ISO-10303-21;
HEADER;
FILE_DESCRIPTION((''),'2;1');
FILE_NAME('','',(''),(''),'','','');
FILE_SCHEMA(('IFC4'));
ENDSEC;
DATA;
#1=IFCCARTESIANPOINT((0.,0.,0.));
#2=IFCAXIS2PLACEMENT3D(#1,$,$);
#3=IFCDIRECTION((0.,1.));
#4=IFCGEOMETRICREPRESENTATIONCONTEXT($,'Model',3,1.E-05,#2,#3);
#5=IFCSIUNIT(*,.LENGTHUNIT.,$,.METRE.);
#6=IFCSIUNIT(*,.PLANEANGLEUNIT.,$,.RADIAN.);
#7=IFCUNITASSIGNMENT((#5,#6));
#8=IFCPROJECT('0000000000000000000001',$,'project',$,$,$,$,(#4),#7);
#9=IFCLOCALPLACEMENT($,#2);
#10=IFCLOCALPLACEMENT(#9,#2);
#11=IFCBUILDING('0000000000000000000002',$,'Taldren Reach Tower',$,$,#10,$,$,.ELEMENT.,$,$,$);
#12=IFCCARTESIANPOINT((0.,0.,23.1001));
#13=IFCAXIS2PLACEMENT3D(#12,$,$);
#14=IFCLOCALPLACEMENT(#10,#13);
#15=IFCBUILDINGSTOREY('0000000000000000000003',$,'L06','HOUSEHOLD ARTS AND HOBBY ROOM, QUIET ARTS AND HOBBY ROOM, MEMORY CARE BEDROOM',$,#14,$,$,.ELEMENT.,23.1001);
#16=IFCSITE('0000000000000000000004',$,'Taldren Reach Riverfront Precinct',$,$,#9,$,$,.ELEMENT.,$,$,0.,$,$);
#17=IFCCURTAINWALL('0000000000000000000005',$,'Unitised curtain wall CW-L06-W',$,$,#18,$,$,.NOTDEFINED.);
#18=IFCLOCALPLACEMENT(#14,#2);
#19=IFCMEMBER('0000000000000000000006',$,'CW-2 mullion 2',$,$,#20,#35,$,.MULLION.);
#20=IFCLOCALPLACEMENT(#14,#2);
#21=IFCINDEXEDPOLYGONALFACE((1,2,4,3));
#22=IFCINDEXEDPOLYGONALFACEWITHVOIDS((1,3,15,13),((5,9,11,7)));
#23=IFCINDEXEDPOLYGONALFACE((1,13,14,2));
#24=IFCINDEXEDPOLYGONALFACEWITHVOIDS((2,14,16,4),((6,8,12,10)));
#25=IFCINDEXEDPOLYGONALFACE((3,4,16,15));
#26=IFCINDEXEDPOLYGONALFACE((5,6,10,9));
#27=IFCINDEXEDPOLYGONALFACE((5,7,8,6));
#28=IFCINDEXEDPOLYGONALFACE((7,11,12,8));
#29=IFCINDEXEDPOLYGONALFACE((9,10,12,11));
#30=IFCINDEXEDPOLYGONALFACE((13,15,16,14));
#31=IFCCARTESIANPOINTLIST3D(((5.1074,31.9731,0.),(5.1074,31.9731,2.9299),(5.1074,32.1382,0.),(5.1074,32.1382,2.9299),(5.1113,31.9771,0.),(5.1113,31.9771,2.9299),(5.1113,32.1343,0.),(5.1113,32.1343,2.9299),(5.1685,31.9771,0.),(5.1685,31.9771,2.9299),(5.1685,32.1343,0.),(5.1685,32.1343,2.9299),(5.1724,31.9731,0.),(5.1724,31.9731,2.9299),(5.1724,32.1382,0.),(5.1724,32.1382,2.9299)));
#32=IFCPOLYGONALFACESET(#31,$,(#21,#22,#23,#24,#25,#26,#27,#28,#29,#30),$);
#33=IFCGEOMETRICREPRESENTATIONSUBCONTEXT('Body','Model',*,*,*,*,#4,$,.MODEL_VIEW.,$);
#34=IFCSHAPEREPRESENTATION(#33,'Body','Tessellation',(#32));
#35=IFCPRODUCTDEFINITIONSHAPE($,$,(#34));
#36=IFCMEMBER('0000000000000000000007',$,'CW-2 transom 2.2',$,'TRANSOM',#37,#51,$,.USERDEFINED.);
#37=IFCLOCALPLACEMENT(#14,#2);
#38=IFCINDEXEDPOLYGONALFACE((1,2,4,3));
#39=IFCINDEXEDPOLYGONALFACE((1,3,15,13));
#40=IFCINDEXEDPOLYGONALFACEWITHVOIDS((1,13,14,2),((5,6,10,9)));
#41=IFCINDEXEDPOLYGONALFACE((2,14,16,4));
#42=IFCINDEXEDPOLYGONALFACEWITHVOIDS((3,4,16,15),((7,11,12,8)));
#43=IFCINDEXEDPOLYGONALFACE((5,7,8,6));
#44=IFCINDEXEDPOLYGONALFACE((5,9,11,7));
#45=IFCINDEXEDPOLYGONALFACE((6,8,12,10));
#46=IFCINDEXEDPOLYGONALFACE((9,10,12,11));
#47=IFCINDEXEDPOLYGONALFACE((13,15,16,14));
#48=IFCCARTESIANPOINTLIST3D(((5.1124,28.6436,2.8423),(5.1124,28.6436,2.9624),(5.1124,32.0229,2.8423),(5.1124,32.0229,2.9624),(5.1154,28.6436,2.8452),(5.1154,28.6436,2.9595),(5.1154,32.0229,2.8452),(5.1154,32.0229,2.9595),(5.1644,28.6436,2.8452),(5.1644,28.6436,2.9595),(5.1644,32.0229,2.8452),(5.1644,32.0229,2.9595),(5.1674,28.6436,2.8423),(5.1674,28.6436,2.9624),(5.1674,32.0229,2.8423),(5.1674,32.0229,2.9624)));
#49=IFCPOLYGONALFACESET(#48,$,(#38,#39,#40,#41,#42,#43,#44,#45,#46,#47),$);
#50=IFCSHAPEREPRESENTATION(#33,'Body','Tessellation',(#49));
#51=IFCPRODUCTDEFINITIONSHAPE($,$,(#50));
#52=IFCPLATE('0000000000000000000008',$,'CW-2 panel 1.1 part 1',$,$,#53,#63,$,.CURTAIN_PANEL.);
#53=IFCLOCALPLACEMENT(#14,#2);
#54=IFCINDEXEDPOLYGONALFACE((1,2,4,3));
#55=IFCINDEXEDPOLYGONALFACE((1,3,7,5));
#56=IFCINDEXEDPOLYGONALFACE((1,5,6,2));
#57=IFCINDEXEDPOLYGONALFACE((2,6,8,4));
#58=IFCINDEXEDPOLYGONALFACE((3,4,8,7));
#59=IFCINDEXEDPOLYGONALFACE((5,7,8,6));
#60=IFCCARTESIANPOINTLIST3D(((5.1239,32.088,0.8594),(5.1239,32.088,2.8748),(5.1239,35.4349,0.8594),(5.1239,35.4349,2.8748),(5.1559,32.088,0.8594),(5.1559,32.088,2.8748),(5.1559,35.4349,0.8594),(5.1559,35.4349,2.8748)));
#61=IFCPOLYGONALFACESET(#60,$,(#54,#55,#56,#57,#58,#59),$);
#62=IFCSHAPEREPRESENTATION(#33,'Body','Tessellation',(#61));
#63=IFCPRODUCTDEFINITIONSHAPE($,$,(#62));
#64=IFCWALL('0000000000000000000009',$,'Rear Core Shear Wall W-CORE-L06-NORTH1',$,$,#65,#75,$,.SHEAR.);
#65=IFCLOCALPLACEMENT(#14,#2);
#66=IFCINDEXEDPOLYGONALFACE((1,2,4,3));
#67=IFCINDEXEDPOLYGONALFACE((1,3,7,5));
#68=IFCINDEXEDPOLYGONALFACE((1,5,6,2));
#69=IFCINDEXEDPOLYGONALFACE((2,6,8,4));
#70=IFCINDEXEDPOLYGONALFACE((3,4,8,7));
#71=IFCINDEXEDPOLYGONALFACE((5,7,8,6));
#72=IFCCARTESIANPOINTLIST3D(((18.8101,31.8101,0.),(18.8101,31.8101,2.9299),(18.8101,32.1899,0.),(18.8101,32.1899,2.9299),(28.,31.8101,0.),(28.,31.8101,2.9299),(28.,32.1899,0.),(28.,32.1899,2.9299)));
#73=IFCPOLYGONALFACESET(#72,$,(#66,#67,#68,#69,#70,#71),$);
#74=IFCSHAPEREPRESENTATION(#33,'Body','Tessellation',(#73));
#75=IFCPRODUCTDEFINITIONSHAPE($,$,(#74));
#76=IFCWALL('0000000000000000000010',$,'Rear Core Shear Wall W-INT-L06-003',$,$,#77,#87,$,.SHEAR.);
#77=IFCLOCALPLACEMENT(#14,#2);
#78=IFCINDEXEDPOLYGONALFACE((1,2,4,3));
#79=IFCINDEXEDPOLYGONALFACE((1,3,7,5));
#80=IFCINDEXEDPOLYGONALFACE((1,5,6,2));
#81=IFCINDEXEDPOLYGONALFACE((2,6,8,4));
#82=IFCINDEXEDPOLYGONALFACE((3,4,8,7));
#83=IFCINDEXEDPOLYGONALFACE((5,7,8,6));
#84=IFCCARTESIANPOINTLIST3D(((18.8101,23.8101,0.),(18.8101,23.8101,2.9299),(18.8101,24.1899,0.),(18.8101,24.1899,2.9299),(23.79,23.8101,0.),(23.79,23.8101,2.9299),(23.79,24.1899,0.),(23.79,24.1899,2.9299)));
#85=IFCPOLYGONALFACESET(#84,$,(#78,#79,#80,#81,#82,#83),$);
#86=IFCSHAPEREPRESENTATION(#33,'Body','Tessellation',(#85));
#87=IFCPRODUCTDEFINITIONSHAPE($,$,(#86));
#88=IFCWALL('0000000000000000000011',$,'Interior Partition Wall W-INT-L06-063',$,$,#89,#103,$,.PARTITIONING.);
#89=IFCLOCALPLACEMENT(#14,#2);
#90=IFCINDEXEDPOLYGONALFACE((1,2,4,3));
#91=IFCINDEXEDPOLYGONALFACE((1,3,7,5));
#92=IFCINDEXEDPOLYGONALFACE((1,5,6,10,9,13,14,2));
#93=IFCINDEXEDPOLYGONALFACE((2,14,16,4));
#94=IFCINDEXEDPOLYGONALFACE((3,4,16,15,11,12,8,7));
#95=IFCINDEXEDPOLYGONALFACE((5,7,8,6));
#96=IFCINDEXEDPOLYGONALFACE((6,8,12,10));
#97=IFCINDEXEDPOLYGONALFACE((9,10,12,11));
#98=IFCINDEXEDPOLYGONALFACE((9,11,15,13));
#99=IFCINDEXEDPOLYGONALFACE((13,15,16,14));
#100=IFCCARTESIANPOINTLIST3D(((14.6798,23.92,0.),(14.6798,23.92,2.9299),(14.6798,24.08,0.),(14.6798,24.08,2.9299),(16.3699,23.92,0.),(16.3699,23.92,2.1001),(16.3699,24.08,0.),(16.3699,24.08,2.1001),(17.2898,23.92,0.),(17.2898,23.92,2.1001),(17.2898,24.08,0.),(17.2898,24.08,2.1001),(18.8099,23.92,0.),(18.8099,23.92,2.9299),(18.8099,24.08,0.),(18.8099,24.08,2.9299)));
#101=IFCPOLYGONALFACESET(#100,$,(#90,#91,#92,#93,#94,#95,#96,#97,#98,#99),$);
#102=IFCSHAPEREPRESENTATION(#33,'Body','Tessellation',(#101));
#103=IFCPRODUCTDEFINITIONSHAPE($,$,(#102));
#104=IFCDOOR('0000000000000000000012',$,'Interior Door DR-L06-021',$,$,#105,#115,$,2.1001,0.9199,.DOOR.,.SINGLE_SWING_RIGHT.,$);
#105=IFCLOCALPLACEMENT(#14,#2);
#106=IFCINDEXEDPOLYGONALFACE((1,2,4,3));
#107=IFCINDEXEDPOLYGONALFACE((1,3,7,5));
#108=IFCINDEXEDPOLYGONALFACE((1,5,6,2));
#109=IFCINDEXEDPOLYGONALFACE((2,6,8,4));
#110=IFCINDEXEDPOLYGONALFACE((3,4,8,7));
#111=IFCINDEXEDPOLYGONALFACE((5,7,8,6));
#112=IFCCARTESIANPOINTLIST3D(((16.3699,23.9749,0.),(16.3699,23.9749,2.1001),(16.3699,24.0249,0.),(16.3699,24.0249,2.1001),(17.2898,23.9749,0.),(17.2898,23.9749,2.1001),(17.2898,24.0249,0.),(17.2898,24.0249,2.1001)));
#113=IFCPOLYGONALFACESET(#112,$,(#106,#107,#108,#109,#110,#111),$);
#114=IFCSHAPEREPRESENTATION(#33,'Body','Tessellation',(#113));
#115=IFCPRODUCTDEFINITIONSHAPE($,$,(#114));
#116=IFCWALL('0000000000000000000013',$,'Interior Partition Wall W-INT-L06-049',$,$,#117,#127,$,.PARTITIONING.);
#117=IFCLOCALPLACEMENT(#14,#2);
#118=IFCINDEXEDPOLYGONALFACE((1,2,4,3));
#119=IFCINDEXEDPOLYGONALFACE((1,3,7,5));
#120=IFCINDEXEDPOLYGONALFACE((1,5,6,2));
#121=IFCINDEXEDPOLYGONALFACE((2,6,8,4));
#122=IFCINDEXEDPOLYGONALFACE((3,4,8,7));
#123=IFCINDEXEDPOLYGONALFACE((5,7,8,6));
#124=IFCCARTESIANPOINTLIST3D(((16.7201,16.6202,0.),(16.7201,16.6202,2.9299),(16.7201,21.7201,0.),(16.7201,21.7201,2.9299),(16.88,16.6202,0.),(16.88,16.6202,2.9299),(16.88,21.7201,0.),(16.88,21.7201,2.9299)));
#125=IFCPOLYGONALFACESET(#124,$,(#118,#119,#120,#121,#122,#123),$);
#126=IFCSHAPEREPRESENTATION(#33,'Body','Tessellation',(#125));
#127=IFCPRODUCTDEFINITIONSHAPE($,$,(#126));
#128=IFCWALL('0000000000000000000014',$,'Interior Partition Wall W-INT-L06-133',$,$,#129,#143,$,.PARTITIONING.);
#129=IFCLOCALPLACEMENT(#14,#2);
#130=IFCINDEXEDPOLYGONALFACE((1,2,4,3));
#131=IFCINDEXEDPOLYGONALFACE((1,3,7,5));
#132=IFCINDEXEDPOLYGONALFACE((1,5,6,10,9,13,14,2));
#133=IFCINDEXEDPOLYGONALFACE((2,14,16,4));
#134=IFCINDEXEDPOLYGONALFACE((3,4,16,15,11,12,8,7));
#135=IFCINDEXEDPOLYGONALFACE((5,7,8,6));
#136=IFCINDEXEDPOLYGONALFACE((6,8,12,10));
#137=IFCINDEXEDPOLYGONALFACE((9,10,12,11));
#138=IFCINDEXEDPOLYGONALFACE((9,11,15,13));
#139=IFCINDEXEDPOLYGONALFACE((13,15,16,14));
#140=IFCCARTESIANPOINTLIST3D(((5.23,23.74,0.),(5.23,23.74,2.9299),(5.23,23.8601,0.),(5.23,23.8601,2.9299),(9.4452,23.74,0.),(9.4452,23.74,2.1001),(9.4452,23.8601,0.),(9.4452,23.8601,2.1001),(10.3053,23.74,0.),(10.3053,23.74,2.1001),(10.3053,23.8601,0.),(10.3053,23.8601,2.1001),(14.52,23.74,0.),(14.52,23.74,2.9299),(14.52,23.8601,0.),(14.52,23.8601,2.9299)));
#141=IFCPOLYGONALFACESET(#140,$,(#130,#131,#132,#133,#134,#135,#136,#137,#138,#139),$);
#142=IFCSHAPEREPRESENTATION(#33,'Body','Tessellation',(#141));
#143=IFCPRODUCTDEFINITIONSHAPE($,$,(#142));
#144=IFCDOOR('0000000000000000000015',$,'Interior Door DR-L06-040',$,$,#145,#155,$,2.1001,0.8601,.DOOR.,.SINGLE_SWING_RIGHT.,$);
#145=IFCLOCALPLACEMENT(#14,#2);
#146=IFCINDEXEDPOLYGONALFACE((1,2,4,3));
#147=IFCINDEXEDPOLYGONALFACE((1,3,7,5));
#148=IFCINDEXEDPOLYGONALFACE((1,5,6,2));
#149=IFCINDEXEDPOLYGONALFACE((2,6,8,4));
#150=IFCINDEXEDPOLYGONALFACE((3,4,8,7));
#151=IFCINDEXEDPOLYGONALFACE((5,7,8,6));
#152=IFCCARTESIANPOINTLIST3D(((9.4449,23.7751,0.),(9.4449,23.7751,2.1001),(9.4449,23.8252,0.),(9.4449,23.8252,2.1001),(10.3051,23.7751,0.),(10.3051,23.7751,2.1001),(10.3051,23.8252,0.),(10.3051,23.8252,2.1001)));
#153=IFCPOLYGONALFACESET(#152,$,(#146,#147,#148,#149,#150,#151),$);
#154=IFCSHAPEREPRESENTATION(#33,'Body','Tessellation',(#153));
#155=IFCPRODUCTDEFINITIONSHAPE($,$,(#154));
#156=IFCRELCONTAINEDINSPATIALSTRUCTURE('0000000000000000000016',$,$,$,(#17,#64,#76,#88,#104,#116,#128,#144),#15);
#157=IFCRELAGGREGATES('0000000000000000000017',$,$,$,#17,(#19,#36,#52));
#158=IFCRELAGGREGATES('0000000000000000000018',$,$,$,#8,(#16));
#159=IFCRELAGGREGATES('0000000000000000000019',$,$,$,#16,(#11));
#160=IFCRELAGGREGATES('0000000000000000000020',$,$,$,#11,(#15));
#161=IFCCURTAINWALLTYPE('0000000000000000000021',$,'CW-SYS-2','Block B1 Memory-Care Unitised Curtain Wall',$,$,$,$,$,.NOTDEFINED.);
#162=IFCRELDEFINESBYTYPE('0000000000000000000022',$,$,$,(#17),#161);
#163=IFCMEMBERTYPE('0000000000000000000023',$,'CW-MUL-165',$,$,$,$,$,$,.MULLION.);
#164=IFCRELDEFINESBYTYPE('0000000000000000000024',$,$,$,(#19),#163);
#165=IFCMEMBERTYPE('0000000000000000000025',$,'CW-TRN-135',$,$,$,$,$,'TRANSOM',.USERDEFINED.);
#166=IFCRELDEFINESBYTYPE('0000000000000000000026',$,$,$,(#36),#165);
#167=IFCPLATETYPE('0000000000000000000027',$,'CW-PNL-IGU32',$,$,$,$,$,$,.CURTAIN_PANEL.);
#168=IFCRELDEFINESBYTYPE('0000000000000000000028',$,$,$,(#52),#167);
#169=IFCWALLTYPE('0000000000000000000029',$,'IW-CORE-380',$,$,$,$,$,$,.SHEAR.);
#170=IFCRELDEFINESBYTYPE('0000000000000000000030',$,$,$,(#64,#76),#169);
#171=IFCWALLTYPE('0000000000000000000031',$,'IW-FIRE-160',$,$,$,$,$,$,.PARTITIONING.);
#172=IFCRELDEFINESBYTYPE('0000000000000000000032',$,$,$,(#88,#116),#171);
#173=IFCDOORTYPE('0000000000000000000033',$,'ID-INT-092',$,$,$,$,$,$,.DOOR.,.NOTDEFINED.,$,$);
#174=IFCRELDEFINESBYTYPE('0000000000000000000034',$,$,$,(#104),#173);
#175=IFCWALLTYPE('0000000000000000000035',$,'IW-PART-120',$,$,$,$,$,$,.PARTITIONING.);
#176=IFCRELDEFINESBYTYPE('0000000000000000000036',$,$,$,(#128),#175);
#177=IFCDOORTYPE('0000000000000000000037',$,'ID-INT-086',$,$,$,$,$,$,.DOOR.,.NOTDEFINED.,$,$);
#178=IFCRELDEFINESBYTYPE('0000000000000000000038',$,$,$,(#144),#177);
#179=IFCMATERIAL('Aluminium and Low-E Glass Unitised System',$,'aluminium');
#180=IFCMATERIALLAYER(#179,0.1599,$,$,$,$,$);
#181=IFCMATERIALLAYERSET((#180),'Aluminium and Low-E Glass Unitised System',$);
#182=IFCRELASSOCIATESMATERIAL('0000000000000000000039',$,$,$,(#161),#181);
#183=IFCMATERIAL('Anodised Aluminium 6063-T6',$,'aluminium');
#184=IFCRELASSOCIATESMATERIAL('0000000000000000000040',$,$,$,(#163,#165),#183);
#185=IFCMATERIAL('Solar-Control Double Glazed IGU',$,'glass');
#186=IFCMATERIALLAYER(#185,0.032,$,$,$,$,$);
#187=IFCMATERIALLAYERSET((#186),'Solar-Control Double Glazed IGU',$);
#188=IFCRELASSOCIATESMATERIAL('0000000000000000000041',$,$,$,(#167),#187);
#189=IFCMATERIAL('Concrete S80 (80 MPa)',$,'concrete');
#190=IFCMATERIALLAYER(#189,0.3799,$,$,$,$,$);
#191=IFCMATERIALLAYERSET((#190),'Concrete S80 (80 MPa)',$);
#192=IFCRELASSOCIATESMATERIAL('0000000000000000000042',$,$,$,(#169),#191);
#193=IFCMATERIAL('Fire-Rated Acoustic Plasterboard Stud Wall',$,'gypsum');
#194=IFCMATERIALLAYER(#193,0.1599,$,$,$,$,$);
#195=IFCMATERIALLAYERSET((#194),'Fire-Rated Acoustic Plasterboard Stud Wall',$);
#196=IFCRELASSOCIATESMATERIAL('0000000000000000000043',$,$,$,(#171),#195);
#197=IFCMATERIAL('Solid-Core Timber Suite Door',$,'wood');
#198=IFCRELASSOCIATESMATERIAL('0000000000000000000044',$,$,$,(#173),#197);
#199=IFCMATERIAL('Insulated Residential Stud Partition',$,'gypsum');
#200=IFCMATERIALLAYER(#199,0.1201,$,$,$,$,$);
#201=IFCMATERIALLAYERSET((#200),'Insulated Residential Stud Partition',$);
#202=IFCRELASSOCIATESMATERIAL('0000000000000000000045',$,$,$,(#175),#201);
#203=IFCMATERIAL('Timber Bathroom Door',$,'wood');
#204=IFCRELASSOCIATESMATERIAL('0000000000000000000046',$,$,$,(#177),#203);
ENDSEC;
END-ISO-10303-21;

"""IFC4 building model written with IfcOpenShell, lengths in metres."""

from ifc_helpers import new_model, si_unit, direction, frame, frame_2d, origin, origin_2d, place, context, subcontext, project, spatial, rectangle, hollow_rectangle, extrude, source, transform, mapped, material, layer, layer_set, material_profile, profile_set, type_object, element, fill, aggregate, save


model = new_model("IFC4")

# Units and contexts
model_context = context("Model", 3, precision=1e-05, world=origin(), true_north=direction((0.0, 1.0)))
body_context = subcontext(model_context, "Body", "Model", "MODEL_VIEW")
ifc_project = project(units=[si_unit("LENGTHUNIT", "METRE"), si_unit("PLANEANGLEUNIT", "RADIAN")], contexts=[model_context])

# Site, building, storey
site_placement = place(None, origin())
site = spatial("IfcSite", under=ifc_project, at=site_placement, Name="Taldren Reach Riverfront Precinct", CompositionType="ELEMENT", RefElevation=0.0)
building_placement = place(site_placement, origin())
building = spatial("IfcBuilding", under=site, at=building_placement, Name="Taldren Reach Tower", CompositionType="ELEMENT")
storey_placement = place(building_placement, frame((0.0, 0.0, 23.1001)))
storey = spatial("IfcBuildingStorey", under=building, at=storey_placement, Name="L06", Description="HOUSEHOLD ARTS AND HOBBY ROOM, QUIET ARTS AND HOBBY ROOM, MEMORY CARE BEDROOM", CompositionType="ELEMENT", Elevation=23.1001)

# Curtain wall, members, plate
ifc_material_1 = material(Name="Aluminium and Low-E Glass Unitised System", Category="aluminium")
ifc_layer_1 = layer(ifc_material_1, 0.1599)
ifc_layer_set_1 = layer_set([ifc_layer_1], Name="Aluminium and Low-E Glass Unitised System")
curtain_wall_type = type_object("IfcCurtainWallType", Name="CW-SYS-2", Description="Block B1 Memory-Care Unitised Curtain Wall", PredefinedType="NOTDEFINED", material=ifc_layer_set_1)
curtain_wall_placement = place(storey_placement, origin())
curtain_wall = element("IfcCurtainWall", 1, at=curtain_wall_placement, inside=storey, type_object=curtain_wall_type, Name="Unitised curtain wall CW-L06-W", PredefinedType="NOTDEFINED")
ifc_material_2 = material(Name="Anodised Aluminium 6063-T6", Category="aluminium")
ifc_material_profile_1 = material_profile(ifc_material_2, hollow_rectangle(XDim=0.0649, YDim=0.165, WallThickness=0.0039, at=origin_2d()), Name="ALU-165x65x4RHS")
ifc_profile_set_1 = profile_set([ifc_material_profile_1], Name="Anodised Aluminium 6063-T6")
member_type_1 = type_object("IfcMemberType", Name="CW-MUL-165", PredefinedType="MULLION", material=ifc_profile_set_1)
shared_shape_1 = source(origin(), body_context, "Body", "SweptSolid", [
    extrude(hollow_rectangle(XDim=0.0649, YDim=0.165, WallThickness=0.0039, at=origin_2d()), origin(), (0.0, 0.0, 1.0), 2.9299),
])
member_1_placement = place(storey_placement, frame((5.1399, 32.0557, 0.0), z_axis=(0.0, 0.0, 1.0), x_axis=(1.0, 0.0, 0.0)))
member_1 = element("IfcMember", 2, at=member_1_placement, type_object=member_type_1, Name="CW-2 mullion 2", PredefinedType="MULLION", context=body_context, shape_type="MappedRepresentation", body=[
    mapped(shared_shape_1, transform((0.0, 0.0, 0.0), scale=1.0)),
])
ifc_material_profile_2 = material_profile(ifc_material_2, hollow_rectangle(XDim=0.0549, YDim=0.1201, WallThickness=0.0029, at=origin_2d()), Name="ALU-120x55x3RHS")
ifc_profile_set_2 = profile_set([ifc_material_profile_2], Name="Anodised Aluminium 6063-T6")
member_type_2 = type_object("IfcMemberType", Name="CW-TRN-135", ElementType="TRANSOM", PredefinedType="USERDEFINED", material=ifc_profile_set_2)
shared_shape_2 = source(origin(), body_context, "Body", "SweptSolid", [
    extrude(hollow_rectangle(XDim=0.0549, YDim=0.1201, WallThickness=0.0029, at=origin_2d()), origin(), (0.0, 0.0, 1.0), 3.3794),
])
member_2_placement = place(storey_placement, frame((5.1399, 32.0229, 2.9023), z_axis=(0.0, -1.0, 0.0), x_axis=(1.0, 0.0, 0.0)))
member_2 = element("IfcMember", 3, at=member_2_placement, type_object=member_type_2, Name="CW-2 transom 2.2", ObjectType="TRANSOM", PredefinedType="USERDEFINED", context=body_context, shape_type="MappedRepresentation", body=[
    mapped(shared_shape_2, transform((0.0, 0.0, 0.0), scale=1.0)),
])
ifc_material_3 = material(Name="Solar-Control Double Glazed IGU", Category="glass")
ifc_layer_2 = layer(ifc_material_3, 0.032)
ifc_layer_set_2 = layer_set([ifc_layer_2], Name="Solar-Control Double Glazed IGU")
plate_type = type_object("IfcPlateType", Name="CW-PNL-IGU32", PredefinedType="CURTAIN_PANEL", material=ifc_layer_set_2)
shared_shape_3 = source(origin(), body_context, "Body", "SweptSolid", [
    extrude(rectangle(XDim=3.3469, YDim=0.032, at=origin_2d()), origin(), (0.0, 0.0, 1.0), 2.0154),
])
plate_placement = place(storey_placement, frame((5.1399, 33.7615, 0.8594), z_axis=(0.0, 0.0, 1.0), x_axis=(0.0, -1.0, 0.0)))
plate = element("IfcPlate", 4, at=plate_placement, type_object=plate_type, Name="CW-2 panel 1.1 part 1", PredefinedType="CURTAIN_PANEL", context=body_context, shape_type="MappedRepresentation", body=[
    mapped(shared_shape_3, transform((0.0, 0.0, 0.0), scale=1.0)),
])
aggregate(curtain_wall, [member_1, member_2, plate])

# Walls
ifc_material_4 = material(Name="Concrete S80 (80 MPa)", Category="concrete")
ifc_layer_3 = layer(ifc_material_4, 0.3799)
ifc_layer_set_3 = layer_set([ifc_layer_3], Name="Concrete S80 (80 MPa)")
wall_type_1 = type_object("IfcWallType", Name="IW-CORE-380", PredefinedType="SHEAR", material=ifc_layer_set_3)
shared_shape_4 = source(origin(), body_context, "Body", "SweptSolid", [
    extrude(rectangle(XDim=9.1899, YDim=0.3799, at=frame_2d((4.595, 0.0))), origin(), (0.0, 0.0, 1.0), 2.9299),
])
wall_1_placement = place(storey_placement, frame((18.8101, 32.0, 0.0), z_axis=(0.0, 0.0, 1.0), x_axis=(1.0, 0.0, 0.0)))
element("IfcWall", 5, at=wall_1_placement, inside=storey, type_object=wall_type_1, Name="Rear Core Shear Wall W-CORE-L06-NORTH1", PredefinedType="SHEAR", context=body_context, shape_type="MappedRepresentation", body=[
    mapped(shared_shape_4, transform((0.0, 0.0, 0.0), scale=1.0)),
])
shared_shape_5 = source(origin(), body_context, "Body", "SweptSolid", [
    extrude(rectangle(XDim=4.98, YDim=0.3799, at=frame_2d((2.49, 0.0))), origin(), (0.0, 0.0, 1.0), 2.9299),
])
wall_2_placement = place(storey_placement, frame((18.8101, 24.0, 0.0), z_axis=(0.0, 0.0, 1.0), x_axis=(1.0, 0.0, 0.0)))
element("IfcWall", 6, at=wall_2_placement, inside=storey, type_object=wall_type_1, Name="Rear Core Shear Wall W-INT-L06-003", PredefinedType="SHEAR", context=body_context, shape_type="MappedRepresentation", body=[
    mapped(shared_shape_5, transform((0.0, 0.0, 0.0), scale=1.0)),
])

# Wall, opening, door
ifc_material_5 = material(Name="Fire-Rated Acoustic Plasterboard Stud Wall", Category="gypsum")
ifc_layer_4 = layer(ifc_material_5, 0.1599)
ifc_layer_set_4 = layer_set([ifc_layer_4], Name="Fire-Rated Acoustic Plasterboard Stud Wall")
wall_type_2 = type_object("IfcWallType", Name="IW-FIRE-160", PredefinedType="PARTITIONING", material=ifc_layer_set_4)
shared_shape_6 = source(origin(), body_context, "Body", "SweptSolid", [
    extrude(rectangle(XDim=4.1301, YDim=0.1599, at=frame_2d((2.0649, 0.0))), origin(), (0.0, 0.0, 1.0), 2.9299),
])
wall_3_placement = place(storey_placement, frame((14.6799, 24.0, 0.0), z_axis=(0.0, 0.0, 1.0), x_axis=(1.0, 0.0, 0.0)))
wall_3 = element("IfcWall", 7, at=wall_3_placement, inside=storey, type_object=wall_type_2, Name="Interior Partition Wall W-INT-L06-063", PredefinedType="PARTITIONING", context=body_context, shape_type="MappedRepresentation", body=[
    mapped(shared_shape_6, transform((0.0, 0.0, 0.0), scale=1.0)),
])
shared_shape_7 = source(origin(), body_context, "Body", "SweptSolid", [
    extrude(rectangle(XDim=0.9199, YDim=2.1001, at=frame_2d((0.46, 1.05))), frame((0.0, 0.0898, 0.0), z_axis=(0.0, -1.0, 0.0), x_axis=(1.0, 0.0, 0.0)), (0.0, 0.0, 1.0), 0.1799),
])
opening_1_placement = place(wall_3_placement, frame((1.6899, 0.0, 0.0)))
opening_1 = element("IfcOpeningElement", 8, at=opening_1_placement, cuts=wall_3, PredefinedType="OPENING", context=body_context, shape_type="MappedRepresentation", body=[
    mapped(shared_shape_7, transform((0.0, 0.0, 0.0), scale=1.0)),
])
ifc_material_6 = material(Name="Solid-Core Timber Suite Door", Category="wood")
door_type_1 = type_object("IfcDoorType", Name="ID-INT-092", OperationType="NOTDEFINED", PredefinedType="DOOR", material=ifc_material_6)
shared_shape_8 = source(origin(), body_context, "Body", "SweptSolid", [
    extrude(rectangle(XDim=0.9199, YDim=2.1001, at=frame_2d((0.46, 1.05))), frame((0.0, 0.0249, 0.0), z_axis=(0.0, -1.0, 0.0), x_axis=(1.0, 0.0, 0.0)), (0.0, 0.0, 1.0), 0.05),
])
door_1_placement = place(opening_1_placement, origin())
door_1 = element("IfcDoor", 9, at=door_1_placement, inside=storey, type_object=door_type_1, Name="Interior Door DR-L06-021", OperationType="SINGLE_SWING_RIGHT", OverallHeight=2.1001, OverallWidth=0.9199, PredefinedType="DOOR", context=body_context, shape_type="MappedRepresentation", body=[
    mapped(shared_shape_8, transform((0.0, 0.0, 0.0), scale=1.0)),
])
fill(opening_1, door_1)

# Wall
shared_shape_9 = source(origin(), body_context, "Body", "SweptSolid", [
    extrude(rectangle(XDim=5.0999, YDim=0.1599, at=frame_2d((2.5498, 0.0))), origin(), (0.0, 0.0, 1.0), 2.9299),
])
wall_4_placement = place(storey_placement, frame((16.8, 21.72, 0.0), z_axis=(0.0, 0.0, 1.0), x_axis=(0.0, -1.0, 0.0)))
element("IfcWall", 10, at=wall_4_placement, inside=storey, type_object=wall_type_2, Name="Interior Partition Wall W-INT-L06-049", PredefinedType="PARTITIONING", context=body_context, shape_type="MappedRepresentation", body=[
    mapped(shared_shape_9, transform((0.0, 0.0, 0.0), scale=1.0)),
])

# Wall, opening, door
ifc_material_7 = material(Name="Insulated Residential Stud Partition", Category="gypsum")
ifc_layer_5 = layer(ifc_material_7, 0.1201)
ifc_layer_set_5 = layer_set([ifc_layer_5], Name="Insulated Residential Stud Partition")
wall_type_3 = type_object("IfcWallType", Name="IW-PART-120", PredefinedType="PARTITIONING", material=ifc_layer_set_5)
shared_shape_10 = source(origin(), body_context, "Body", "SweptSolid", [
    extrude(rectangle(XDim=9.29, YDim=0.1201, at=frame_2d((4.645, 0.0))), origin(), (0.0, 0.0, 1.0), 2.9299),
])
wall_5_placement = place(storey_placement, frame((5.23, 23.8, 0.0), z_axis=(0.0, 0.0, 1.0), x_axis=(1.0, 0.0, 0.0)))
wall_5 = element("IfcWall", 11, at=wall_5_placement, inside=storey, type_object=wall_type_3, Name="Interior Partition Wall W-INT-L06-133", PredefinedType="PARTITIONING", context=body_context, shape_type="MappedRepresentation", body=[
    mapped(shared_shape_10, transform((0.0, 0.0, 0.0), scale=1.0)),
])
shared_shape_11 = source(origin(), body_context, "Body", "SweptSolid", [
    extrude(rectangle(XDim=0.8601, YDim=2.1001, at=frame_2d((0.4302, 1.05))), frame((0.0, 0.0701, 0.0), z_axis=(0.0, -1.0, 0.0), x_axis=(1.0, 0.0, 0.0)), (0.0, 0.0, 1.0), 0.1401),
])
opening_2_placement = place(wall_5_placement, frame((4.2151, 0.0, 0.0)))
opening_2 = element("IfcOpeningElement", 12, at=opening_2_placement, cuts=wall_5, PredefinedType="OPENING", context=body_context, shape_type="MappedRepresentation", body=[
    mapped(shared_shape_11, transform((0.0, 0.0, 0.0), scale=1.0)),
])
ifc_material_8 = material(Name="Timber Bathroom Door", Category="wood")
door_type_2 = type_object("IfcDoorType", Name="ID-INT-086", OperationType="NOTDEFINED", PredefinedType="DOOR", material=ifc_material_8)
shared_shape_12 = source(origin(), body_context, "Body", "SweptSolid", [
    extrude(rectangle(XDim=0.8601, YDim=2.1001, at=frame_2d((0.4302, 1.05))), frame((0.0, 0.0249, 0.0), z_axis=(0.0, -1.0, 0.0), x_axis=(1.0, 0.0, 0.0)), (0.0, 0.0, 1.0), 0.05),
])
door_2_placement = place(opening_2_placement, frame((0.8601, 0.0, 0.0), z_axis=(0.0, 0.0, 1.0), x_axis=(-1.0, 0.0, 0.0)))
door_2 = element("IfcDoor", 13, at=door_2_placement, inside=storey, type_object=door_type_2, Name="Interior Door DR-L06-040", OperationType="SINGLE_SWING_RIGHT", OverallHeight=2.1001, OverallWidth=0.8601, PredefinedType="DOOR", context=body_context, shape_type="MappedRepresentation", body=[
    mapped(shared_shape_12, transform((0.0, 0.0, 0.0), scale=1.0)),
])
fill(opening_2, door_2)

save(model, "model.ifc")
